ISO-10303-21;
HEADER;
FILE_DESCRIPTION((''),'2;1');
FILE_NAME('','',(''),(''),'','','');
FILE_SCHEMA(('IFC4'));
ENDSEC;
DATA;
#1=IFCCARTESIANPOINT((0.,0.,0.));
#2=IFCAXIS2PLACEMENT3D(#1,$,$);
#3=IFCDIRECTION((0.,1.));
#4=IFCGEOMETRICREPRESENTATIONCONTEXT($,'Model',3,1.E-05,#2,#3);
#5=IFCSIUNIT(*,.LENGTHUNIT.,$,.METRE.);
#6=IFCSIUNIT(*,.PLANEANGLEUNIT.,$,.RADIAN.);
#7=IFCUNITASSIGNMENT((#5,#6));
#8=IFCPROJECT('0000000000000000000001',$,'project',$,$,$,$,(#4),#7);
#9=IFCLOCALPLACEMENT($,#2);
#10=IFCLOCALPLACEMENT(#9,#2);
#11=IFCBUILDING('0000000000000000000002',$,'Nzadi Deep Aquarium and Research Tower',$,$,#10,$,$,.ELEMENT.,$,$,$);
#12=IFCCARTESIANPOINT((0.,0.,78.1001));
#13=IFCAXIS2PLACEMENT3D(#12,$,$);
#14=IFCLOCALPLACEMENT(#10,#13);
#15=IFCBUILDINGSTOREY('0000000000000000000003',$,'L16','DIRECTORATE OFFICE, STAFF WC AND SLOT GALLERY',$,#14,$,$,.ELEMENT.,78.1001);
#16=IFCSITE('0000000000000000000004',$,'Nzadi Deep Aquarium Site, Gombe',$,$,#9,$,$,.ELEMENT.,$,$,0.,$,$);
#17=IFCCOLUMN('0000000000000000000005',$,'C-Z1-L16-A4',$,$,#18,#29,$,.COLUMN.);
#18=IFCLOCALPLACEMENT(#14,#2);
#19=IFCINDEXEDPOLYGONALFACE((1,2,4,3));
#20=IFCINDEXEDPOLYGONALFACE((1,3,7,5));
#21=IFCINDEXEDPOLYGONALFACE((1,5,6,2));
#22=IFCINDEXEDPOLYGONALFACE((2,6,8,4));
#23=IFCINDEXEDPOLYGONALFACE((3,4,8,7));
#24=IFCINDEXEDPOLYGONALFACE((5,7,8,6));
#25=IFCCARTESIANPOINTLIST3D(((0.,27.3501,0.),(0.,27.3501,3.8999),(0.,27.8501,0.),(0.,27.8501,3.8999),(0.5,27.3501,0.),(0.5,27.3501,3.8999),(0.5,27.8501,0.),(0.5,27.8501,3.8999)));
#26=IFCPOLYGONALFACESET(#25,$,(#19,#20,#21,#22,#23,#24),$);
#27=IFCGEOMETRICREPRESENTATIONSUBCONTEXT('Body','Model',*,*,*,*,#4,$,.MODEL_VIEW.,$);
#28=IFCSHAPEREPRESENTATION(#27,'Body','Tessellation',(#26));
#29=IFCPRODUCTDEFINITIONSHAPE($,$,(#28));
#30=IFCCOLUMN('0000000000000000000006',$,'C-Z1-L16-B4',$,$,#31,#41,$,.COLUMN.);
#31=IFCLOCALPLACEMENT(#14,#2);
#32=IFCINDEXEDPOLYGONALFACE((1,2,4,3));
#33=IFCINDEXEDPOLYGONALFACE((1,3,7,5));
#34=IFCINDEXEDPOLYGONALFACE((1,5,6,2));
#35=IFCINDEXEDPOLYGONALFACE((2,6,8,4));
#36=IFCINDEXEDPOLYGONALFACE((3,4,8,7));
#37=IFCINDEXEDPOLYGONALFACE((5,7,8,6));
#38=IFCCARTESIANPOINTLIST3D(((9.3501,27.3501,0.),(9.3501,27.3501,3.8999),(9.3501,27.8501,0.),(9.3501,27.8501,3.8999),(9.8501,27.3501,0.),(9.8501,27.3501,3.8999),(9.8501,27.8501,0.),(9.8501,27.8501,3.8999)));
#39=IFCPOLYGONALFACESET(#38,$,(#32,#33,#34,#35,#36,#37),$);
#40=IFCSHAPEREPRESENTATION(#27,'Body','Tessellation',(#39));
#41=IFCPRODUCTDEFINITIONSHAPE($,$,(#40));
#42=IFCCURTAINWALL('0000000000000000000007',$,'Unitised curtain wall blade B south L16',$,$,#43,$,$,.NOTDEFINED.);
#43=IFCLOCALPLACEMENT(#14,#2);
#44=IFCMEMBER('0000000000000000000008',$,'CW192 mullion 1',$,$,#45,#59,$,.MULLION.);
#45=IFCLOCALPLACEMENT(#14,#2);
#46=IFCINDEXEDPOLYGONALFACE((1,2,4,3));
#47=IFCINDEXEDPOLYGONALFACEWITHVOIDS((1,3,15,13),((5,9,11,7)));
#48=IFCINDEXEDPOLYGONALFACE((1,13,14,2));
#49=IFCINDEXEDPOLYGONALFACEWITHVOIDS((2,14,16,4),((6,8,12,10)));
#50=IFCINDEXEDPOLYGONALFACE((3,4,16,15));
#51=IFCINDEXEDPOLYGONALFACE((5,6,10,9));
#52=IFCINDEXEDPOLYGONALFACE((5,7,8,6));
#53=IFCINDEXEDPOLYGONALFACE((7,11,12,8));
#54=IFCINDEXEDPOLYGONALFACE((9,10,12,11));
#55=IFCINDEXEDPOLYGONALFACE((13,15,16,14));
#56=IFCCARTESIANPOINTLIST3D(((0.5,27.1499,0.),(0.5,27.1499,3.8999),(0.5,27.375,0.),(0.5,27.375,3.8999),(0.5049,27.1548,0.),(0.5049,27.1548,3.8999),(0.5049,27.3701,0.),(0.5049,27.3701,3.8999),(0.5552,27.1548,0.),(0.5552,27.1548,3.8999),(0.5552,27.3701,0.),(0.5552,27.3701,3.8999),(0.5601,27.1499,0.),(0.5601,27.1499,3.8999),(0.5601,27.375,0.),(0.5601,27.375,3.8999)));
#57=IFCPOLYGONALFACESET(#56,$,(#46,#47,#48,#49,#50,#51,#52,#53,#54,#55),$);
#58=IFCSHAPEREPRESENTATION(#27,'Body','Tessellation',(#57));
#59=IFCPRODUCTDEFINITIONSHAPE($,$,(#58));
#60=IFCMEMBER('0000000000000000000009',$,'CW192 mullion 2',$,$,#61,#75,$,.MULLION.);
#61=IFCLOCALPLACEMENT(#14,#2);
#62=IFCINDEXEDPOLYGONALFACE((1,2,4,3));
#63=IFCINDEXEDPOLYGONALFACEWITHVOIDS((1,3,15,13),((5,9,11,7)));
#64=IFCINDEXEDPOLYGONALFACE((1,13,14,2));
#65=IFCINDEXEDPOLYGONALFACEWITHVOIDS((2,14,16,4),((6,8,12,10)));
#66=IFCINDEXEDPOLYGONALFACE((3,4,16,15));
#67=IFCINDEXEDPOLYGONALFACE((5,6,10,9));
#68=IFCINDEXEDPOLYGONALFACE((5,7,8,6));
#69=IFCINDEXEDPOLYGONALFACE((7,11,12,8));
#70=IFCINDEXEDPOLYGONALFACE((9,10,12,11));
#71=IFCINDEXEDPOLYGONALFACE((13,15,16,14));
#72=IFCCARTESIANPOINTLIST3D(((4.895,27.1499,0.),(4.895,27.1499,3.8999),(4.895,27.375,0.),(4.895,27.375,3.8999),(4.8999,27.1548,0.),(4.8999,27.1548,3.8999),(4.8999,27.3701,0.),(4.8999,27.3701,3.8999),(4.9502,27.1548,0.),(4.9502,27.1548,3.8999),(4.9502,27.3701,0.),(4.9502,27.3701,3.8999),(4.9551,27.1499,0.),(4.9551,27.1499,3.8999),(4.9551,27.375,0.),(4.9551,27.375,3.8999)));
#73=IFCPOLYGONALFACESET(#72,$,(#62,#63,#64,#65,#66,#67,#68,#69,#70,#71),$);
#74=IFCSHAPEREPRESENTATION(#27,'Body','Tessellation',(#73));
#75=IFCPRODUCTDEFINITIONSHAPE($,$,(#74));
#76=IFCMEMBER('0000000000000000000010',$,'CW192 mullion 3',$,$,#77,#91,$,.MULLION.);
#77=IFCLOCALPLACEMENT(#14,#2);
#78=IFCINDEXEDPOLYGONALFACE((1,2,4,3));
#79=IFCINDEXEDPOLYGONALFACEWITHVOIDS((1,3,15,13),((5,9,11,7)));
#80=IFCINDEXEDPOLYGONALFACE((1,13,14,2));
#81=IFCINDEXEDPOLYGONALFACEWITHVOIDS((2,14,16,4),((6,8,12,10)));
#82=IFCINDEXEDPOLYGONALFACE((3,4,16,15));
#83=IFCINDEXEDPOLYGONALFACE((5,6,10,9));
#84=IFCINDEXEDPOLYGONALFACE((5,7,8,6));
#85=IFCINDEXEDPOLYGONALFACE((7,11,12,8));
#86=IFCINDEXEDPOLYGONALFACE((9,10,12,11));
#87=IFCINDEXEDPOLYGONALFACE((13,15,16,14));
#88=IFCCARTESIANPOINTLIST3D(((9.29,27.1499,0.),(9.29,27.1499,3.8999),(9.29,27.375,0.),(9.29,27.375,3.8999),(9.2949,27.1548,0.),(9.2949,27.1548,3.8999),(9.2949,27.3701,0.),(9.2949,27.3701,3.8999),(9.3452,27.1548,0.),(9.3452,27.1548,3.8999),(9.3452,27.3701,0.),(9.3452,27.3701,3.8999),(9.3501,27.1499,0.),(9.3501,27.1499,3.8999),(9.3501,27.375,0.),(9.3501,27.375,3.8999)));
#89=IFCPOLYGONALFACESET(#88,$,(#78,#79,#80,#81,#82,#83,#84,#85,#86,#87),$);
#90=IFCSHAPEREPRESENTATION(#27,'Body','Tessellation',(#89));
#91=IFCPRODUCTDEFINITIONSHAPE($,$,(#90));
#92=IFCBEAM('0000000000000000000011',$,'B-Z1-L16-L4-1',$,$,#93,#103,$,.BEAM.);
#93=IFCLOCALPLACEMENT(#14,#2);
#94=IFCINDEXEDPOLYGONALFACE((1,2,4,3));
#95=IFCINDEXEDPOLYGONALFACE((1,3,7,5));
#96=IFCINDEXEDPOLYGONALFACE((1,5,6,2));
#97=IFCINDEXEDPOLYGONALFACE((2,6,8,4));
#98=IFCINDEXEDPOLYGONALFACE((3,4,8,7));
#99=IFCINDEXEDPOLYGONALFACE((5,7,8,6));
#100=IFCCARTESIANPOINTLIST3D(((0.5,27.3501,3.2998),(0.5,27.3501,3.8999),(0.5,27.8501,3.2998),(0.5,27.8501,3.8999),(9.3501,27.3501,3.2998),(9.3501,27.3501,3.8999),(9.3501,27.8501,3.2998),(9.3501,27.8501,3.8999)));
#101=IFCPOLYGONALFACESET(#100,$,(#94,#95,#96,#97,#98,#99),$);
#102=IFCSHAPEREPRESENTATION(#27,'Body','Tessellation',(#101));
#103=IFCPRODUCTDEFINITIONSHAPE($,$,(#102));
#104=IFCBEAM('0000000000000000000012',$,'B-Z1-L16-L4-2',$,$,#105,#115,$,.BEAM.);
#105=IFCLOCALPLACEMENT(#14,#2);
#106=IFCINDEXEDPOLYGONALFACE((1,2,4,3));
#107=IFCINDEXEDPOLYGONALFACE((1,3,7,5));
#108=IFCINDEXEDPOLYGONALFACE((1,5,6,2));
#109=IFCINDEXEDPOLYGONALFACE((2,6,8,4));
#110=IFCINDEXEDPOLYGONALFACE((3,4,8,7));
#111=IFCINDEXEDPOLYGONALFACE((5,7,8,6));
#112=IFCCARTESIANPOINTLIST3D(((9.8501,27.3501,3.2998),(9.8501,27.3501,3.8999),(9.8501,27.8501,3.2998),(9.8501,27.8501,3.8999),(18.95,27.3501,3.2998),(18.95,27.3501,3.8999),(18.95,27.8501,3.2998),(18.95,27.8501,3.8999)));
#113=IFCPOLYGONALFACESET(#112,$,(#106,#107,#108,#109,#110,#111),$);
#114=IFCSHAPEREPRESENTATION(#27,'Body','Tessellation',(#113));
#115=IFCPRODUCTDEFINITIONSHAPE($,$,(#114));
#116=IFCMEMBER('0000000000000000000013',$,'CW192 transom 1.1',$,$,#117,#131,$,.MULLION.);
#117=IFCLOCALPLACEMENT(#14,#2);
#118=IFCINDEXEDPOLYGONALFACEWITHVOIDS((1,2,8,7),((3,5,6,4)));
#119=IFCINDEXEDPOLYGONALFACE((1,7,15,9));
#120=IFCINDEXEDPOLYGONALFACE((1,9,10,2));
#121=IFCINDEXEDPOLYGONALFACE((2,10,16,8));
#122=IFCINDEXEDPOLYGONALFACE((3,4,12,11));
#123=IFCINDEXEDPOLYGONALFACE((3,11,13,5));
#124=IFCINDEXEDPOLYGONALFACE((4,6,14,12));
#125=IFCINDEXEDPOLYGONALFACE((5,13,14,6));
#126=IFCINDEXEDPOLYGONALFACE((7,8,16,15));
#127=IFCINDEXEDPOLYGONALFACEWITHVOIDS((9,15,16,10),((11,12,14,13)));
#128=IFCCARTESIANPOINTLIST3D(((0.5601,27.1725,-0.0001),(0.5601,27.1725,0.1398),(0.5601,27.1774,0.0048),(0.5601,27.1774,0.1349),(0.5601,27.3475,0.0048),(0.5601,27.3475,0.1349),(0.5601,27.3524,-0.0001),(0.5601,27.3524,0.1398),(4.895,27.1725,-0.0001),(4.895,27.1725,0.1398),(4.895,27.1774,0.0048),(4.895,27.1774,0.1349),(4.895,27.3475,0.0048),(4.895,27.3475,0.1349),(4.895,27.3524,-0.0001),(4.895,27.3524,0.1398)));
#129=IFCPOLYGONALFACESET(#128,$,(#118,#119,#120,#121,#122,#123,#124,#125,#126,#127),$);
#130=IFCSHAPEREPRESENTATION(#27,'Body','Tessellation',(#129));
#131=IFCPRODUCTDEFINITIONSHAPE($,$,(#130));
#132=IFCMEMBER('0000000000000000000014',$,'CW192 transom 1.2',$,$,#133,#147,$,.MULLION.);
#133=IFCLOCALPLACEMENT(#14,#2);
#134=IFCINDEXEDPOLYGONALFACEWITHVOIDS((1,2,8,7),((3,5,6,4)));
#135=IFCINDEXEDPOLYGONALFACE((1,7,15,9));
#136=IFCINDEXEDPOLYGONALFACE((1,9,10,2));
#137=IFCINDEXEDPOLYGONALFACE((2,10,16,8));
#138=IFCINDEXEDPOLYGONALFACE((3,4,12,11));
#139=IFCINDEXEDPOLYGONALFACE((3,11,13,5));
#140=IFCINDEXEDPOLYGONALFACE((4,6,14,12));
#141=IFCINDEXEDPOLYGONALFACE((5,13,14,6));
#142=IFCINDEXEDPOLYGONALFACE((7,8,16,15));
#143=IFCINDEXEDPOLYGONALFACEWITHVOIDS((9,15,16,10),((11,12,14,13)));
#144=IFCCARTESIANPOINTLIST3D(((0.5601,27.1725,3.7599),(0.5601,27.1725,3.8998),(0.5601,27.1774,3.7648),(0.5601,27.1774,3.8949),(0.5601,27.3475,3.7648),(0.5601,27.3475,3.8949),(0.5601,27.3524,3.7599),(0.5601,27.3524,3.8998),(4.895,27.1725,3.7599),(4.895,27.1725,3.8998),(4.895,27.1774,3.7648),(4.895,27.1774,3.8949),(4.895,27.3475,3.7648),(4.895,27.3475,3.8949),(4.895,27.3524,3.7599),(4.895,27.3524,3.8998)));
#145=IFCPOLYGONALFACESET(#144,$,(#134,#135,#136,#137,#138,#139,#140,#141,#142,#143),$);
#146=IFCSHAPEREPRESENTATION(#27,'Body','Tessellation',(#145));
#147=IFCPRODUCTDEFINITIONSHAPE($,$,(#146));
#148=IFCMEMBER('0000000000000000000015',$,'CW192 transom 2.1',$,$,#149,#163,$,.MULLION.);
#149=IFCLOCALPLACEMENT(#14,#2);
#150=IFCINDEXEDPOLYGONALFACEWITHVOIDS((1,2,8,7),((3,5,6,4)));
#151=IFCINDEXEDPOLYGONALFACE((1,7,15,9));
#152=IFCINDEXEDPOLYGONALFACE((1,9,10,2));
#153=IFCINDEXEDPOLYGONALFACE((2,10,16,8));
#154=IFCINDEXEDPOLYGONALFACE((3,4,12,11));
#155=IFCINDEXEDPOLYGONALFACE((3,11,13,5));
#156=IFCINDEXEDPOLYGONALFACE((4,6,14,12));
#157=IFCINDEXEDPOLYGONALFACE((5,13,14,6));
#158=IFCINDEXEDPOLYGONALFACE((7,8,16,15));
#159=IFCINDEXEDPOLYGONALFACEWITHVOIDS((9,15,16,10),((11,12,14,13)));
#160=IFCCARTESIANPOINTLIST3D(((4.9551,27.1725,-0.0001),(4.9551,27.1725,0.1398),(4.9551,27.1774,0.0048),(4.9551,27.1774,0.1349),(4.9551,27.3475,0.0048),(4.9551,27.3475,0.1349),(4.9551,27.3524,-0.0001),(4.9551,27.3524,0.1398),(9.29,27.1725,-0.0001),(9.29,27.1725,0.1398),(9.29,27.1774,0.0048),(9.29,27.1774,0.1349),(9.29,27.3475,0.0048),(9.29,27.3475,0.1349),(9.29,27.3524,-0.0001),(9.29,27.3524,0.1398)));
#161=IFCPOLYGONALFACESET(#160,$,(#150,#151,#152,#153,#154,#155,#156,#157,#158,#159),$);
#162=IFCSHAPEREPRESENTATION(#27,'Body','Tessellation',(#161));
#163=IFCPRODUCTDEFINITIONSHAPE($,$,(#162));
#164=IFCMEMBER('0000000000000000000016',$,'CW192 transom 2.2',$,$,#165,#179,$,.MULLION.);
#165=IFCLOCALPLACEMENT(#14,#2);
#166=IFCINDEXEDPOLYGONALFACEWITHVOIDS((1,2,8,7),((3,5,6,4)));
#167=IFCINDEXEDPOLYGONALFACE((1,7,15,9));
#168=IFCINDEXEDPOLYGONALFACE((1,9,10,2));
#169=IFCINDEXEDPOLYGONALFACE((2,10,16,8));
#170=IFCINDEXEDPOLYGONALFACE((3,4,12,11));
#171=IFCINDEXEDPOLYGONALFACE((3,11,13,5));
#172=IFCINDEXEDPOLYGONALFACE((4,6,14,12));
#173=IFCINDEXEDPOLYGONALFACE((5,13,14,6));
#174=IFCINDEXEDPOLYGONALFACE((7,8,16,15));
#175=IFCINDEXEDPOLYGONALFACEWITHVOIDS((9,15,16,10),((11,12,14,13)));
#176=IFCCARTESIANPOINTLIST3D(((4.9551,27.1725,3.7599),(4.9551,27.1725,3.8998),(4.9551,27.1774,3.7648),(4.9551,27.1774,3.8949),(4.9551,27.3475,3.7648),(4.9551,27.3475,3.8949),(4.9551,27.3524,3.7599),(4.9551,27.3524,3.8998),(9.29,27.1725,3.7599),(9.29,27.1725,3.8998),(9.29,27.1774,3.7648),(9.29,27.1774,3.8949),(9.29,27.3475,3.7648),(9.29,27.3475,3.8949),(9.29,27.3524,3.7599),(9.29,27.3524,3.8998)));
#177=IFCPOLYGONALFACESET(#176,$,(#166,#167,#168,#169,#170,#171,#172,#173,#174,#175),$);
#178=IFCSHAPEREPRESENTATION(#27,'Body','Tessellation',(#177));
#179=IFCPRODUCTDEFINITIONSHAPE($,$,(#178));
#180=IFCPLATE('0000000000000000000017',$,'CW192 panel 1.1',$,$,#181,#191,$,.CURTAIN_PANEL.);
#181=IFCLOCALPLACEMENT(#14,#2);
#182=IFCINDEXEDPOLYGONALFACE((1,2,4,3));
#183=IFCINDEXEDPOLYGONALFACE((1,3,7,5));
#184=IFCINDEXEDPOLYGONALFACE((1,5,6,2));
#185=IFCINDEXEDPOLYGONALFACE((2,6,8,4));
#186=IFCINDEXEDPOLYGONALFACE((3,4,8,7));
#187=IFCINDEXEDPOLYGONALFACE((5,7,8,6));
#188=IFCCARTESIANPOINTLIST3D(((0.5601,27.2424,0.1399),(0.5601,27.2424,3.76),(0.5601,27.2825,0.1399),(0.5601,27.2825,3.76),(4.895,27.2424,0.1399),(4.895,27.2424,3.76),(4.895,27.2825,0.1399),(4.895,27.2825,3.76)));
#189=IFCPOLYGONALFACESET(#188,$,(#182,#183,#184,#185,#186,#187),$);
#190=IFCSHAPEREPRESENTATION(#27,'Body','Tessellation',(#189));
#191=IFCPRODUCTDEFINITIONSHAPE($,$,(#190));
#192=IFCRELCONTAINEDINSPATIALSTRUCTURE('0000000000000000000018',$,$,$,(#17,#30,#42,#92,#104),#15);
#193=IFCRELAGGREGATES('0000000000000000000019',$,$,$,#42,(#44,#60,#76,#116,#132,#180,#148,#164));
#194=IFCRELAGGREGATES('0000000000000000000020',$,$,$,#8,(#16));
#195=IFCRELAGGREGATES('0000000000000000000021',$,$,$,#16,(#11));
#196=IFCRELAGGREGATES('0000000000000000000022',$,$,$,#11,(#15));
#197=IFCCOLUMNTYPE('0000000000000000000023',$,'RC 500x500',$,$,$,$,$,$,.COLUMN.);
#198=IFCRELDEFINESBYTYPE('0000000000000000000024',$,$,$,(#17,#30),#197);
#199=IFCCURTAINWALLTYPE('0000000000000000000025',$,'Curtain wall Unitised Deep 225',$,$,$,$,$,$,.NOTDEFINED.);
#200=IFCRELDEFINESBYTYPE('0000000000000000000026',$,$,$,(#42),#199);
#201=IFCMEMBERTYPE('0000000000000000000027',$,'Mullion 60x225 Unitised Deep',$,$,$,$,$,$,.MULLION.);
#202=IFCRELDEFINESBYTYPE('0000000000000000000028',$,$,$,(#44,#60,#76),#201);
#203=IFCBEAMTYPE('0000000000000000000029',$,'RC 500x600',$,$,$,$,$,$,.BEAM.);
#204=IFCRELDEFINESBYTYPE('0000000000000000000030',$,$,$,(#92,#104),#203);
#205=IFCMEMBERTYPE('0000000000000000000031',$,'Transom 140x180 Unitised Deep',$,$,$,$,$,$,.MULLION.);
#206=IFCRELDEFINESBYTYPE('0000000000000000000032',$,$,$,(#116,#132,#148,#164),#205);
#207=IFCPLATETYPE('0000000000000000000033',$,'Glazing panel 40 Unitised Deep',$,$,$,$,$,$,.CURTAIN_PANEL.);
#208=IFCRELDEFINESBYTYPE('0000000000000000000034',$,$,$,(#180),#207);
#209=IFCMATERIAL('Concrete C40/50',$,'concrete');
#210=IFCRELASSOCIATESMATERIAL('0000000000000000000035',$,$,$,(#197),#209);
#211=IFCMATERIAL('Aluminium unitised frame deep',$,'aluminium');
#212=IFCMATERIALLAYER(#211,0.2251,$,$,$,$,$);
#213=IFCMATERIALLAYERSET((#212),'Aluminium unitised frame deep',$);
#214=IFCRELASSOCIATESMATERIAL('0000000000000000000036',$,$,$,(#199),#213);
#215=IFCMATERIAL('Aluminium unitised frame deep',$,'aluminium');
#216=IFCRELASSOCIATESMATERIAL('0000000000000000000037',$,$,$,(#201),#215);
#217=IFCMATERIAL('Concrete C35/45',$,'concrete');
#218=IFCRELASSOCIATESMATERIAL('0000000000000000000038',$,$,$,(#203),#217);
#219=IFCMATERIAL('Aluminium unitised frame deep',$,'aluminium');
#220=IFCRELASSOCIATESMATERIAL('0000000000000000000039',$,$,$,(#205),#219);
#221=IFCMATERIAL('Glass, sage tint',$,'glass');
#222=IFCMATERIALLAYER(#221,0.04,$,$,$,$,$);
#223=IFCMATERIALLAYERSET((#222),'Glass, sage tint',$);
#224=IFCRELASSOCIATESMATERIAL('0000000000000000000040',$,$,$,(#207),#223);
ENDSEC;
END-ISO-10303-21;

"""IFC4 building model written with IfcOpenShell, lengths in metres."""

from ifc_helpers import new_model, si_unit, direction, frame, origin, origin_2d, place, context, subcontext, project, spatial, rectangle, hollow_rectangle, extrude, material, layer, layer_set, material_profile, profile_set, type_object, element, aggregate, save


model = new_model("IFC4")

# Units and contexts
model_context = context("Model", 3, precision=1e-05, world=origin(), true_north=direction((0.0, 1.0)))
body_context = subcontext(model_context, "Body", "Model", "MODEL_VIEW")
ifc_project = project(units=[si_unit("LENGTHUNIT", "METRE"), si_unit("PLANEANGLEUNIT", "RADIAN")], contexts=[model_context])

# Site, building, storey
site_placement = place(None, origin())
site = spatial("IfcSite", under=ifc_project, at=site_placement, Name="Nzadi Deep Aquarium Site, Gombe", CompositionType="ELEMENT", RefElevation=0.0)
building_placement = place(site_placement, origin())
building = spatial("IfcBuilding", under=site, at=building_placement, Name="Nzadi Deep Aquarium and Research Tower", CompositionType="ELEMENT")
storey_placement = place(building_placement, frame((0.0, 0.0, 78.1001)))
storey = spatial("IfcBuildingStorey", under=building, at=storey_placement, Name="L16", Description="DIRECTORATE OFFICE, STAFF WC AND SLOT GALLERY", CompositionType="ELEMENT", Elevation=78.1001)

# Columns
ifc_material_1 = material(Name="Concrete C40/50", Category="concrete")
ifc_material_profile_1 = material_profile(ifc_material_1, rectangle(XDim=0.5, YDim=0.5, at=origin_2d()))
ifc_profile_set_1 = profile_set([ifc_material_profile_1], Name="Concrete C40/50")
column_type = type_object("IfcColumnType", Name="RC 500x500", PredefinedType="COLUMN", material=ifc_profile_set_1)
for number, where, z_axis, x_axis, name in (
    (1, (0.25, 27.6001, 0.0), (0.0, 0.0, 1.0), (1.0, 0.0, 0.0), "C-Z1-L16-A4"),
    (2, (9.6001, 27.6001, 0.0), (0.0, 0.0, 1.0), (1.0, 0.0, 0.0), "C-Z1-L16-B4"),
):
    element("IfcColumn", number, at=place(storey_placement, frame(where, z_axis=z_axis, x_axis=x_axis)), inside=storey, type_object=column_type, Name=name, PredefinedType="COLUMN", context=body_context, shape_type="SweptSolid", body=[
        extrude(rectangle(XDim=0.5, YDim=0.5, at=origin_2d()), origin(), (0.0, 0.0, 1.0), 3.8999),
    ])

# Curtain wall, members
ifc_material_2 = material(Name="Aluminium unitised frame deep", Category="aluminium")
ifc_layer_1 = layer(ifc_material_2, 0.2251)
ifc_layer_set_1 = layer_set([ifc_layer_1], Name="Aluminium unitised frame deep")
curtain_wall_type = type_object("IfcCurtainWallType", Name="Curtain wall Unitised Deep 225", PredefinedType="NOTDEFINED", material=ifc_layer_set_1)
curtain_wall_placement = place(storey_placement, origin())
curtain_wall = element("IfcCurtainWall", 3, at=curtain_wall_placement, inside=storey, type_object=curtain_wall_type, Name="Unitised curtain wall blade B south L16", PredefinedType="NOTDEFINED")
ifc_material_3 = material(Name="Aluminium unitised frame deep", Category="aluminium")
ifc_material_profile_2 = material_profile(ifc_material_3, hollow_rectangle(XDim=0.2251, YDim=0.0601, WallThickness=0.0049, at=origin_2d()))
ifc_profile_set_2 = profile_set([ifc_material_profile_2], Name="Aluminium unitised frame deep")
member_type_1 = type_object("IfcMemberType", Name="Mullion 60x225 Unitised Deep", PredefinedType="MULLION", material=ifc_profile_set_2)
member_1_placement = place(storey_placement, frame((0.53, 27.2625, 0.0), z_axis=(0.0, 0.0, 1.0), x_axis=(0.0, 1.0, 0.0)))
member_1 = element("IfcMember", 4, at=member_1_placement, type_object=member_type_1, Name="CW192 mullion 1", PredefinedType="MULLION", context=body_context, shape_type="SweptSolid", body=[
    extrude(hollow_rectangle(XDim=0.2251, YDim=0.0601, WallThickness=0.0049, at=origin_2d()), origin(), (0.0, 0.0, 1.0), 3.8999),
])
member_2_placement = place(storey_placement, frame((4.925, 27.2625, 0.0), z_axis=(0.0, 0.0, 1.0), x_axis=(0.0, 1.0, 0.0)))
member_2 = element("IfcMember", 5, at=member_2_placement, type_object=member_type_1, Name="CW192 mullion 2", PredefinedType="MULLION", context=body_context, shape_type="SweptSolid", body=[
    extrude(hollow_rectangle(XDim=0.2251, YDim=0.0601, WallThickness=0.0049, at=origin_2d()), origin(), (0.0, 0.0, 1.0), 3.8999),
])
member_3_placement = place(storey_placement, frame((9.3201, 27.2625, 0.0), z_axis=(0.0, 0.0, 1.0), x_axis=(0.0, 1.0, 0.0)))
member_3 = element("IfcMember", 6, at=member_3_placement, type_object=member_type_1, Name="CW192 mullion 3", PredefinedType="MULLION", context=body_context, shape_type="SweptSolid", body=[
    extrude(hollow_rectangle(XDim=0.2251, YDim=0.0601, WallThickness=0.0049, at=origin_2d()), origin(), (0.0, 0.0, 1.0), 3.8999),
])

# Beams
ifc_material_4 = material(Name="Concrete C35/45", Category="concrete")
ifc_material_profile_3 = material_profile(ifc_material_4, rectangle(XDim=0.5, YDim=0.6001, at=origin_2d()))
ifc_profile_set_3 = profile_set([ifc_material_profile_3], Name="Concrete C35/45")
beam_type = type_object("IfcBeamType", Name="RC 500x600", PredefinedType="BEAM", material=ifc_profile_set_3)
beam_1_placement = place(storey_placement, frame((0.5, 27.6001, 3.5999), z_axis=(1.0, 0.0, 0.0), x_axis=(0.0, 1.0, 0.0)))
element("IfcBeam", 7, at=beam_1_placement, inside=storey, type_object=beam_type, Name="B-Z1-L16-L4-1", PredefinedType="BEAM", context=body_context, shape_type="SweptSolid", body=[
    extrude(rectangle(XDim=0.5, YDim=0.6001, at=origin_2d()), origin(), (0.0, 0.0, 1.0), 8.8501),
])
beam_2_placement = place(storey_placement, frame((9.8501, 27.6001, 3.5999), z_axis=(1.0, 0.0, 0.0), x_axis=(0.0, 1.0, 0.0)))
element("IfcBeam", 8, at=beam_2_placement, inside=storey, type_object=beam_type, Name="B-Z1-L16-L4-2", PredefinedType="BEAM", context=body_context, shape_type="SweptSolid", body=[
    extrude(rectangle(XDim=0.5, YDim=0.6001, at=origin_2d()), origin(), (0.0, 0.0, 1.0), 9.0999),
])

# Members
ifc_material_5 = material(Name="Aluminium unitised frame deep", Category="aluminium")
ifc_material_profile_4 = material_profile(ifc_material_5, hollow_rectangle(XDim=0.1799, YDim=0.1399, WallThickness=0.0049, at=origin_2d()))
ifc_profile_set_4 = profile_set([ifc_material_profile_4], Name="Aluminium unitised frame deep")
member_type_2 = type_object("IfcMemberType", Name="Transom 140x180 Unitised Deep", PredefinedType="MULLION", material=ifc_profile_set_4)
member_4_placement = place(storey_placement, frame((0.5601, 27.2625, 0.0698), z_axis=(1.0, 0.0, 0.0), x_axis=(0.0, 1.0, 0.0)))
member_4 = element("IfcMember", 9, at=member_4_placement, type_object=member_type_2, Name="CW192 transom 1.1", PredefinedType="MULLION", context=body_context, shape_type="SweptSolid", body=[
    extrude(hollow_rectangle(XDim=0.1799, YDim=0.1399, WallThickness=0.0049, at=origin_2d()), origin(), (0.0, 0.0, 1.0), 4.335),
])
member_5_placement = place(storey_placement, frame((0.5601, 27.2625, 3.8298), z_axis=(1.0, 0.0, 0.0), x_axis=(0.0, 1.0, 0.0)))
member_5 = element("IfcMember", 10, at=member_5_placement, type_object=member_type_2, Name="CW192 transom 1.2", PredefinedType="MULLION", context=body_context, shape_type="SweptSolid", body=[
    extrude(hollow_rectangle(XDim=0.1799, YDim=0.1399, WallThickness=0.0049, at=origin_2d()), origin(), (0.0, 0.0, 1.0), 4.335),
])
member_6_placement = place(storey_placement, frame((4.9551, 27.2625, 0.0698), z_axis=(1.0, 0.0, 0.0), x_axis=(0.0, 1.0, 0.0)))
member_6 = element("IfcMember", 11, at=member_6_placement, type_object=member_type_2, Name="CW192 transom 2.1", PredefinedType="MULLION", context=body_context, shape_type="SweptSolid", body=[
    extrude(hollow_rectangle(XDim=0.1799, YDim=0.1399, WallThickness=0.0049, at=origin_2d()), origin(), (0.0, 0.0, 1.0), 4.335),
])
member_7_placement = place(storey_placement, frame((4.9551, 27.2625, 3.8298), z_axis=(1.0, 0.0, 0.0), x_axis=(0.0, 1.0, 0.0)))
member_7 = element("IfcMember", 12, at=member_7_placement, type_object=member_type_2, Name="CW192 transom 2.2", PredefinedType="MULLION", context=body_context, shape_type="SweptSolid", body=[
    extrude(hollow_rectangle(XDim=0.1799, YDim=0.1399, WallThickness=0.0049, at=origin_2d()), origin(), (0.0, 0.0, 1.0), 4.335),
])

# Plate
ifc_material_6 = material(Name="Glass, sage tint", Category="glass")
ifc_layer_2 = layer(ifc_material_6, 0.04)
ifc_layer_set_2 = layer_set([ifc_layer_2], Name="Glass, sage tint")
plate_type = type_object("IfcPlateType", Name="Glazing panel 40 Unitised Deep", PredefinedType="CURTAIN_PANEL", material=ifc_layer_set_2)
plate_1_placement = place(storey_placement, frame((2.7275, 27.2625, 0.1399), z_axis=(0.0, 0.0, 1.0), x_axis=(1.0, 0.0, 0.0)))
plate_1 = element("IfcPlate", 13, at=plate_1_placement, type_object=plate_type, Name="CW192 panel 1.1", PredefinedType="CURTAIN_PANEL", context=body_context, shape_type="SweptSolid", body=[
    extrude(rectangle(XDim=4.335, YDim=0.04, at=origin_2d()), origin(), (0.0, 0.0, 1.0), 3.6201),
])
aggregate(curtain_wall, [member_1, member_2, member_3, member_4, member_5, plate_1, member_6, member_7])

save(model, "model.ifc")
